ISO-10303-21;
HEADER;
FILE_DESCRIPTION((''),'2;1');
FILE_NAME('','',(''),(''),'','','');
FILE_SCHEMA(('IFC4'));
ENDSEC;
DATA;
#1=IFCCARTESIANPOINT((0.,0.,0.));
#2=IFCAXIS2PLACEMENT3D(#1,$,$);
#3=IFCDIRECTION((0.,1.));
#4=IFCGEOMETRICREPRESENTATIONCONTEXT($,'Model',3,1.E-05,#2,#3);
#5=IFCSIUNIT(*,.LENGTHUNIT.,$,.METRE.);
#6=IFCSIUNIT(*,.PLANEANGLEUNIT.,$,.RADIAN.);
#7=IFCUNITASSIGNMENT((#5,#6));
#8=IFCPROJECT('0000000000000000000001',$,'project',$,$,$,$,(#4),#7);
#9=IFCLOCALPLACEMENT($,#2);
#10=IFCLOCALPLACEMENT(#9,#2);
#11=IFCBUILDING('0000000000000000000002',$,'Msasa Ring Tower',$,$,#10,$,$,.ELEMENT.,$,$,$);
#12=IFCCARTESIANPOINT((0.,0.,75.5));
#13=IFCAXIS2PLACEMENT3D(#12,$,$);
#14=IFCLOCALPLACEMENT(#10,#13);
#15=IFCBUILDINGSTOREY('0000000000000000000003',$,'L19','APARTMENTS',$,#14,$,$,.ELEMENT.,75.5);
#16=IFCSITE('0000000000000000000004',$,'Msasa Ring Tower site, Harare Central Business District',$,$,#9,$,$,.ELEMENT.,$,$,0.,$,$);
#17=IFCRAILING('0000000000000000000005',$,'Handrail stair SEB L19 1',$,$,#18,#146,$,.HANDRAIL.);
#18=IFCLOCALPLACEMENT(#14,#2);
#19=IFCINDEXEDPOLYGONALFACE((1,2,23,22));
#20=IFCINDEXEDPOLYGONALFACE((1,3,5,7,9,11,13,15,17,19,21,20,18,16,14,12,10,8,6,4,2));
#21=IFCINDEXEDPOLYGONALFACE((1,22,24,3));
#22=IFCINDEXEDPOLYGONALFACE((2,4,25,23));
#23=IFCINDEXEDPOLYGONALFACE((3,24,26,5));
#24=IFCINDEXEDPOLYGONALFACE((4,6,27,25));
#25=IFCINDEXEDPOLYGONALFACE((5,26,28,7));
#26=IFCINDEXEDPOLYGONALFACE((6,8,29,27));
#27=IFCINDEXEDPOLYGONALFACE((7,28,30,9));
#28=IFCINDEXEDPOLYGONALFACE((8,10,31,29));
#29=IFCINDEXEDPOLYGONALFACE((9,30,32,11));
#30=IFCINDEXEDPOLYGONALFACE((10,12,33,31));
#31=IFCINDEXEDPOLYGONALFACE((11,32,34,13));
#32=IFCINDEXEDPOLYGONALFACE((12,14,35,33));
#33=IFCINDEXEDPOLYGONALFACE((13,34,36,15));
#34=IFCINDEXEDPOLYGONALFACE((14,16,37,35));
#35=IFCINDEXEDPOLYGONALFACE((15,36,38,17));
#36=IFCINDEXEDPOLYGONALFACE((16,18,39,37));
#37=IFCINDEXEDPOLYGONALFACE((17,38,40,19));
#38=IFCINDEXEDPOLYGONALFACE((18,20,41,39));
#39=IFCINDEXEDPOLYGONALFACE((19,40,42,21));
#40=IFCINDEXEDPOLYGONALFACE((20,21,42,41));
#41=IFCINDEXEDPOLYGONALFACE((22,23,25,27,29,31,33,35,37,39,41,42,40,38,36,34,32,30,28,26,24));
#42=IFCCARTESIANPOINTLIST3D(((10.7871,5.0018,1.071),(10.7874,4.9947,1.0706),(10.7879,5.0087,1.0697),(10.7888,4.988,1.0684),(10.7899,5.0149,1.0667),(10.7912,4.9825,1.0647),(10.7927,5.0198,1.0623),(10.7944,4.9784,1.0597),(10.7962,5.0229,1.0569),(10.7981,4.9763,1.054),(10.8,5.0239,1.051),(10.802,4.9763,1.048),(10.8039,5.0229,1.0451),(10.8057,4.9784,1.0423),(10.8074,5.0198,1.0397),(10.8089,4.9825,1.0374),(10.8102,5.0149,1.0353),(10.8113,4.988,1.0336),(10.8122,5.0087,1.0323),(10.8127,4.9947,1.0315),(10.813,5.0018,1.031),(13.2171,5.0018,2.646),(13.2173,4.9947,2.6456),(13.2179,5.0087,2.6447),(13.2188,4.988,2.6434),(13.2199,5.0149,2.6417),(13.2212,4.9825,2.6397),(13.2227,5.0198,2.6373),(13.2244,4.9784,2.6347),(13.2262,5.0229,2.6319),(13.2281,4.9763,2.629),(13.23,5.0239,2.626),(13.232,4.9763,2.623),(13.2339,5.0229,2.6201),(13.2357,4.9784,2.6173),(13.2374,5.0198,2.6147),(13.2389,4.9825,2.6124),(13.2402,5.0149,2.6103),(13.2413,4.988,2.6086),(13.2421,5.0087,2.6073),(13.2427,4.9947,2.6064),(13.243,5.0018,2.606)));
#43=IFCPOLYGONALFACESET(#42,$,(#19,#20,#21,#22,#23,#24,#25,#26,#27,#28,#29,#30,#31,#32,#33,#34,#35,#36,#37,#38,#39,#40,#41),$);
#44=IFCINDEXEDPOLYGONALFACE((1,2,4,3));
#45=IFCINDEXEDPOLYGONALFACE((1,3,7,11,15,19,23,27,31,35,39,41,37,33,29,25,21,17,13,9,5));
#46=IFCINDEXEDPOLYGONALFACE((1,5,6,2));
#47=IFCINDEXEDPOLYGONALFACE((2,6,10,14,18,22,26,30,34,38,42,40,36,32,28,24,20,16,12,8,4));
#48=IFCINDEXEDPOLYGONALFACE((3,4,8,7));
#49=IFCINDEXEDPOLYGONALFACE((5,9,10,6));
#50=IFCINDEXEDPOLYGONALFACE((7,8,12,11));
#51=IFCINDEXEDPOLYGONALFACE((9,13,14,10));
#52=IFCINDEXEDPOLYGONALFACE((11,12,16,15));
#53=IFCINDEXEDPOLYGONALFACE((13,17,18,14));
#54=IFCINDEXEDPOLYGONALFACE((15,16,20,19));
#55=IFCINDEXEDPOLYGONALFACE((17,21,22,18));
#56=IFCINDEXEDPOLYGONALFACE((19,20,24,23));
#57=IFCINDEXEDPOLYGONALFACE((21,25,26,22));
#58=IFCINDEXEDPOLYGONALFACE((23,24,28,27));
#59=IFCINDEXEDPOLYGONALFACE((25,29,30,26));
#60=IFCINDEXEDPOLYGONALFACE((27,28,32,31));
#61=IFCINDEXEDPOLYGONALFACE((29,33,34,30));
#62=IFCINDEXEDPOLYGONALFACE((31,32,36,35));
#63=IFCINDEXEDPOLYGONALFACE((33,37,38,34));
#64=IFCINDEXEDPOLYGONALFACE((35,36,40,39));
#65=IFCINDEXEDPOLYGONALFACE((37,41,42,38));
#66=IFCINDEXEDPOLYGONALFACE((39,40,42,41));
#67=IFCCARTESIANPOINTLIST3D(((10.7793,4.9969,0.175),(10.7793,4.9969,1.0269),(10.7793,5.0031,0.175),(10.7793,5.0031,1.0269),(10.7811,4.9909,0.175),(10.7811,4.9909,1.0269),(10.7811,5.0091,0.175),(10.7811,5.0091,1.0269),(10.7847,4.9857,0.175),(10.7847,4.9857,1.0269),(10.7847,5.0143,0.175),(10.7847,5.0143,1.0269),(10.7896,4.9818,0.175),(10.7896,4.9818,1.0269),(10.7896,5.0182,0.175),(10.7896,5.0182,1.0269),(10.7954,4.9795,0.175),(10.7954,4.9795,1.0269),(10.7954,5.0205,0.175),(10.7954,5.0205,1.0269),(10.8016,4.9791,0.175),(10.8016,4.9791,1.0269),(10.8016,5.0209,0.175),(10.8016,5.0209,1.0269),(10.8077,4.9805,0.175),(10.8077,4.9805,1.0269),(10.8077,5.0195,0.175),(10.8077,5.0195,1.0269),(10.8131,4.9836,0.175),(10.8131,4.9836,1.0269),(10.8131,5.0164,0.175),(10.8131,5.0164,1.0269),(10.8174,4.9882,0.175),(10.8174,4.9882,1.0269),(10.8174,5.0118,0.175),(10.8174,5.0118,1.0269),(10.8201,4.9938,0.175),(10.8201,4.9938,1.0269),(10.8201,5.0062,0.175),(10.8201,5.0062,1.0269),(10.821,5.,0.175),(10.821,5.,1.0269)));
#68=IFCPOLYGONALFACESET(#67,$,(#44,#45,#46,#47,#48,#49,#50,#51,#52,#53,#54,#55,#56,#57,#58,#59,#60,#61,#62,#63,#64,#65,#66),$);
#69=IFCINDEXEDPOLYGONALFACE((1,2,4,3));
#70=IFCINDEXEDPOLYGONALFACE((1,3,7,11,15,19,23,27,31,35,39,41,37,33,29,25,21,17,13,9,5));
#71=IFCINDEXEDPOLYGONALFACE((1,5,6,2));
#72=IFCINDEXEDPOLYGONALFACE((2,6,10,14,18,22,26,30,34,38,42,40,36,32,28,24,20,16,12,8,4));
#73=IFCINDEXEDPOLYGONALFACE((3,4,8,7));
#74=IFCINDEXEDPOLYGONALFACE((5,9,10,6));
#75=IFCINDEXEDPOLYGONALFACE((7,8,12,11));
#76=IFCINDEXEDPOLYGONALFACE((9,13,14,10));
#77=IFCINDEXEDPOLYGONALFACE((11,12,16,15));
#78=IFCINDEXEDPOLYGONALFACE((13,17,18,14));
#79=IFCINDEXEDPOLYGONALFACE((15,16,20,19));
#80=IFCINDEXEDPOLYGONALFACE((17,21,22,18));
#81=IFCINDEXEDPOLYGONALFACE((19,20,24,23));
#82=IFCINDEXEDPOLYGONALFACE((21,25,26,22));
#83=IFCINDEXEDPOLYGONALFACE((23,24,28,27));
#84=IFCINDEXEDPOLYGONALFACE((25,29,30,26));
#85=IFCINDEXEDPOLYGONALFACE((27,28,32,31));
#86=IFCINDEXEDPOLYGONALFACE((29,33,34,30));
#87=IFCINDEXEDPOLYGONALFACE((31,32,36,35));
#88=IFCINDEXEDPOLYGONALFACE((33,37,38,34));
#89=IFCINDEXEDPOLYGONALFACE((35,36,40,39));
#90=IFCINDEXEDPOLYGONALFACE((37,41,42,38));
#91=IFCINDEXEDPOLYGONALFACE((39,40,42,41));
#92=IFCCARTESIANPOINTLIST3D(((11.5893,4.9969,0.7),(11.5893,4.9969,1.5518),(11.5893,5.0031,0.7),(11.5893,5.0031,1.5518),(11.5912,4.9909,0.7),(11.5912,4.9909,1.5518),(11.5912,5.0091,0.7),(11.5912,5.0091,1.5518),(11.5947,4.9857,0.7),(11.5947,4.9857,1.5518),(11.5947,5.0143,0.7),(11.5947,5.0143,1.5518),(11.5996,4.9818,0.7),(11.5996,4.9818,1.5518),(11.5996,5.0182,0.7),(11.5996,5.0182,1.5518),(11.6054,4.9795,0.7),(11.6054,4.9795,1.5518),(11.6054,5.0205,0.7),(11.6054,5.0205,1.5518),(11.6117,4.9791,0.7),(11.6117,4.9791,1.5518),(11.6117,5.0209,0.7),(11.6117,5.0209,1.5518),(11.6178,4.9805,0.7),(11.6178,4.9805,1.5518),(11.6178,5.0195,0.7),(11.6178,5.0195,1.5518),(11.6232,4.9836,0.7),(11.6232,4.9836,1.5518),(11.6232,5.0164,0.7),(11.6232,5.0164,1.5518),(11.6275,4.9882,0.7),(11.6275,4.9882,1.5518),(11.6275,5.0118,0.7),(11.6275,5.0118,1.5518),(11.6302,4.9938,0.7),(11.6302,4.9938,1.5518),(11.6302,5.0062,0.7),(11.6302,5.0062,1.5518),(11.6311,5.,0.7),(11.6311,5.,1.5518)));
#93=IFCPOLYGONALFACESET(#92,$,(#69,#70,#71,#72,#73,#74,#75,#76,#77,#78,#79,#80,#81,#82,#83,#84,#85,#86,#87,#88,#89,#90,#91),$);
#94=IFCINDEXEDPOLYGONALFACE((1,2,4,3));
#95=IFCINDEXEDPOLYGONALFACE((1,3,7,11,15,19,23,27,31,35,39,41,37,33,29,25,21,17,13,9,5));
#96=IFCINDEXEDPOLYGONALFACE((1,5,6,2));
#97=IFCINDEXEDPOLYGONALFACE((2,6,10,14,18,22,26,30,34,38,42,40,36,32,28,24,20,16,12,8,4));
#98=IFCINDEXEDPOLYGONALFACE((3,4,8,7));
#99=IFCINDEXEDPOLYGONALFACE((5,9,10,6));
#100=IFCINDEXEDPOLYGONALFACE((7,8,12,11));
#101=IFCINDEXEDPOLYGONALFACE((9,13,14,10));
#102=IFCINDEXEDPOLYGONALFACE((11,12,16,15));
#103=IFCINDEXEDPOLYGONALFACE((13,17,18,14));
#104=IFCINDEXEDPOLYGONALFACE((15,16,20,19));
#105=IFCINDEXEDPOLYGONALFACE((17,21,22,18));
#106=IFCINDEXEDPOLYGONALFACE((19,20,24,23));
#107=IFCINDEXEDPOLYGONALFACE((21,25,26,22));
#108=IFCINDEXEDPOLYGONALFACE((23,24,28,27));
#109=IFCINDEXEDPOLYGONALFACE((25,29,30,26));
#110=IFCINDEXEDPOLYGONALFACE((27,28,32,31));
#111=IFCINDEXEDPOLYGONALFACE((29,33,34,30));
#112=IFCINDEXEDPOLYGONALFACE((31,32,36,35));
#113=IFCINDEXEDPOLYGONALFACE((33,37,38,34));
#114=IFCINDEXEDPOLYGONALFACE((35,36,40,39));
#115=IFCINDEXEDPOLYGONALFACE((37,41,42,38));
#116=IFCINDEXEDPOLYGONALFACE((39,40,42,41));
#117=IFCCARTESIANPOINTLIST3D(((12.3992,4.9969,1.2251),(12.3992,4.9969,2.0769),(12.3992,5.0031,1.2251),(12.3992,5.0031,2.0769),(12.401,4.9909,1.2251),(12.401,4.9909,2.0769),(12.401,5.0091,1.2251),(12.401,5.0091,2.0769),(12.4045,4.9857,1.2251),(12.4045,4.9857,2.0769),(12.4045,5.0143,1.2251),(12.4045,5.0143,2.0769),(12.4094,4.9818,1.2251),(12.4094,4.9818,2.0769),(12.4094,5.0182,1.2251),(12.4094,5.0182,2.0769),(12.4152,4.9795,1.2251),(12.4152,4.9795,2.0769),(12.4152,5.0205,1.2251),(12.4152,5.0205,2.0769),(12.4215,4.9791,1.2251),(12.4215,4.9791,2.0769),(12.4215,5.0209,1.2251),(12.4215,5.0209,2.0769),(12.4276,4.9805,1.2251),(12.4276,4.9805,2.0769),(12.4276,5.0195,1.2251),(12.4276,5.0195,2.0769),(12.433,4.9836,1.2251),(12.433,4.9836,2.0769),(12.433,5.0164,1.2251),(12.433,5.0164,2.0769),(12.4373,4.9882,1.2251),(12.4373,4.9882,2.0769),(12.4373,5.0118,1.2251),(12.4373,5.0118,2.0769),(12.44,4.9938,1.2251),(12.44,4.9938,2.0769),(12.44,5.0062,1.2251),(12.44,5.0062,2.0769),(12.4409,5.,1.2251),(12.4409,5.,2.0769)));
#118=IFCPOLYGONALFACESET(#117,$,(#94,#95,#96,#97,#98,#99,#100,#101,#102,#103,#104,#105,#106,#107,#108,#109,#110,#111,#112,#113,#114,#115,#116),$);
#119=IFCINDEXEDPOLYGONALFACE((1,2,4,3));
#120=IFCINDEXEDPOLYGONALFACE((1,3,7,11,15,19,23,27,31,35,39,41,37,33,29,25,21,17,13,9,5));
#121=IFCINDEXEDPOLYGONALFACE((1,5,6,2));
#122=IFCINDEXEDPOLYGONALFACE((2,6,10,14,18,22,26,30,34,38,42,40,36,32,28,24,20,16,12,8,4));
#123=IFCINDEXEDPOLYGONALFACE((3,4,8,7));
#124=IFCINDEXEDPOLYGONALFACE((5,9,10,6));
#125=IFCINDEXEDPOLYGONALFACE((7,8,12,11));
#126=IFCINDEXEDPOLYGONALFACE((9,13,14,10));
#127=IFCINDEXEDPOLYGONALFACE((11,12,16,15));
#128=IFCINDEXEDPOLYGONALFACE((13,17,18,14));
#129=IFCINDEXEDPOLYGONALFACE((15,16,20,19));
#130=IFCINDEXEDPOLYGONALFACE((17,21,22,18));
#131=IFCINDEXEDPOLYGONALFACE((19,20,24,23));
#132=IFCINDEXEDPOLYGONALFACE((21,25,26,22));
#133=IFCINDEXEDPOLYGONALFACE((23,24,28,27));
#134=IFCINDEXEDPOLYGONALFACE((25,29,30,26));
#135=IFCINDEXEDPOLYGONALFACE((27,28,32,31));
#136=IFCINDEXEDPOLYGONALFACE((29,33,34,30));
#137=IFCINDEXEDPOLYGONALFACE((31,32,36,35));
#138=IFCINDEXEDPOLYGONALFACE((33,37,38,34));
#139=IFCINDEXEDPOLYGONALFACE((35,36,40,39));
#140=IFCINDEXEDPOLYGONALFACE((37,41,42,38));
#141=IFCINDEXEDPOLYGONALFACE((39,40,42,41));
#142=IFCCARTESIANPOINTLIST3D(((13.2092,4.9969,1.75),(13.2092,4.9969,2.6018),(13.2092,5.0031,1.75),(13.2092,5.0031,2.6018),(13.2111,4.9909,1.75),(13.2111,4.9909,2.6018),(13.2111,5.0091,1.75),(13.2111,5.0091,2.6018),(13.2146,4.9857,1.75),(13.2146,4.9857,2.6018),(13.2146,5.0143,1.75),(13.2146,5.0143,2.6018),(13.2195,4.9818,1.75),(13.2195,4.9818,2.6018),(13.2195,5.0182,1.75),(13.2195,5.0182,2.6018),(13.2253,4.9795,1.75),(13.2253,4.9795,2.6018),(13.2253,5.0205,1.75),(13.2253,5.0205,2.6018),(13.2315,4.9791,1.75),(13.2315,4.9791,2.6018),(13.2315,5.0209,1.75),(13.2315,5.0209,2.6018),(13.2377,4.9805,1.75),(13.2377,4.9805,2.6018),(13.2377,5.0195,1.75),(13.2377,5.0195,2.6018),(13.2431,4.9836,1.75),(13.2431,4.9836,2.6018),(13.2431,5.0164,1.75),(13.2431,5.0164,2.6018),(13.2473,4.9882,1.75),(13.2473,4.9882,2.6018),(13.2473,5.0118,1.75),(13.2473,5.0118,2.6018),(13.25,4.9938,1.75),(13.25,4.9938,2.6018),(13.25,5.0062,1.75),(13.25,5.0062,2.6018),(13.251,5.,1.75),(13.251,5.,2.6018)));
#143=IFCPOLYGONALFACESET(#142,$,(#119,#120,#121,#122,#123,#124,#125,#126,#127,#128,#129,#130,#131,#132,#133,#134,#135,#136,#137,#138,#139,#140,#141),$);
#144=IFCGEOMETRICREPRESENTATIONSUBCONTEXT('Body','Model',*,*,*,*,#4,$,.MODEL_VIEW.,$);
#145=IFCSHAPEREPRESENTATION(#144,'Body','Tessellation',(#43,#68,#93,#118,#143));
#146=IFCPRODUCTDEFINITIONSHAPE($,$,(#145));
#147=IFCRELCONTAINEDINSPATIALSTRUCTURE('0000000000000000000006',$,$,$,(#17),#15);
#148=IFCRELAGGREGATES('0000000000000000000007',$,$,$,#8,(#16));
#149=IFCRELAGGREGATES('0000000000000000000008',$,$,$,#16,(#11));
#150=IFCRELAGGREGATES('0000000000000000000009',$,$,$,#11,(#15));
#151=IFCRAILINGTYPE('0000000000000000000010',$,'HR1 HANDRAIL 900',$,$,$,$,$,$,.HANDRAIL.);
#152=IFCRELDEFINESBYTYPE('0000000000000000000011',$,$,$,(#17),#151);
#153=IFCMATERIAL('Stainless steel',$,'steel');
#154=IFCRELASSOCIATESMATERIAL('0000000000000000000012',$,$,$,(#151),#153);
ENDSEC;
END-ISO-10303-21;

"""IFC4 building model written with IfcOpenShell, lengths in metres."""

from ifc_helpers import new_model, si_unit, direction, frame, origin, origin_2d, place, context, subcontext, project, spatial, circle, extrude, material, type_object, element, save


model = new_model("IFC4")

# Units and contexts
model_context = context("Model", 3, precision=1e-05, world=origin(), true_north=direction((0.0, 1.0)))
body_context = subcontext(model_context, "Body", "Model", "MODEL_VIEW")
ifc_project = project(units=[si_unit("LENGTHUNIT", "METRE"), si_unit("PLANEANGLEUNIT", "RADIAN")], contexts=[model_context])

# Site, building, storey
site_placement = place(None, origin())
site = spatial("IfcSite", under=ifc_project, at=site_placement, Name="Msasa Ring Tower site, Harare Central Business District", CompositionType="ELEMENT", RefElevation=0.0)
building_placement = place(site_placement, origin())
building = spatial("IfcBuilding", under=site, at=building_placement, Name="Msasa Ring Tower", CompositionType="ELEMENT")
storey_placement = place(building_placement, frame((0.0, 0.0, 75.5)))
storey = spatial("IfcBuildingStorey", under=building, at=storey_placement, Name="L19", Description="APARTMENTS", CompositionType="ELEMENT", Elevation=75.5)

# Railing
ifc_material_1 = material(Name="Stainless steel", Category="steel")
railing_type = type_object("IfcRailingType", Name="HR1 HANDRAIL 900", PredefinedType="HANDRAIL", material=ifc_material_1)
for number, where, name in (
    (1, (10.8, 5.0, 0.175), "Handrail stair SEB L19 1"),
):
    element("IfcRailing", number, at=place(storey_placement, frame(where)), inside=storey, type_object=railing_type, Name=name, PredefinedType="HANDRAIL", context=body_context, shape_type="SweptSolid", body=[
        extrude(circle(Radius=0.0239, at=origin_2d()), frame((0.0, 0.0, 0.876), z_axis=(0.839154, 0.0, 0.543894), x_axis=(0.0, 1.0, 0.0)), (0.0, 0.0, 1.0), 2.8958),
        extrude(circle(Radius=0.021, at=origin_2d()), origin(), (0.0, 0.0, 1.0), 0.8518),
        extrude(circle(Radius=0.021, at=origin_2d()), frame((0.8101, 0.0, 0.5249)), (0.0, 0.0, 1.0), 0.8518),
        extrude(circle(Radius=0.021, at=origin_2d()), frame((1.6199, 0.0, 1.05)), (0.0, 0.0, 1.0), 0.8518),
        extrude(circle(Radius=0.021, at=origin_2d()), frame((2.4299, 0.0, 1.575)), (0.0, 0.0, 1.0), 0.8518),
    ])

save(model, "model.ifc")
